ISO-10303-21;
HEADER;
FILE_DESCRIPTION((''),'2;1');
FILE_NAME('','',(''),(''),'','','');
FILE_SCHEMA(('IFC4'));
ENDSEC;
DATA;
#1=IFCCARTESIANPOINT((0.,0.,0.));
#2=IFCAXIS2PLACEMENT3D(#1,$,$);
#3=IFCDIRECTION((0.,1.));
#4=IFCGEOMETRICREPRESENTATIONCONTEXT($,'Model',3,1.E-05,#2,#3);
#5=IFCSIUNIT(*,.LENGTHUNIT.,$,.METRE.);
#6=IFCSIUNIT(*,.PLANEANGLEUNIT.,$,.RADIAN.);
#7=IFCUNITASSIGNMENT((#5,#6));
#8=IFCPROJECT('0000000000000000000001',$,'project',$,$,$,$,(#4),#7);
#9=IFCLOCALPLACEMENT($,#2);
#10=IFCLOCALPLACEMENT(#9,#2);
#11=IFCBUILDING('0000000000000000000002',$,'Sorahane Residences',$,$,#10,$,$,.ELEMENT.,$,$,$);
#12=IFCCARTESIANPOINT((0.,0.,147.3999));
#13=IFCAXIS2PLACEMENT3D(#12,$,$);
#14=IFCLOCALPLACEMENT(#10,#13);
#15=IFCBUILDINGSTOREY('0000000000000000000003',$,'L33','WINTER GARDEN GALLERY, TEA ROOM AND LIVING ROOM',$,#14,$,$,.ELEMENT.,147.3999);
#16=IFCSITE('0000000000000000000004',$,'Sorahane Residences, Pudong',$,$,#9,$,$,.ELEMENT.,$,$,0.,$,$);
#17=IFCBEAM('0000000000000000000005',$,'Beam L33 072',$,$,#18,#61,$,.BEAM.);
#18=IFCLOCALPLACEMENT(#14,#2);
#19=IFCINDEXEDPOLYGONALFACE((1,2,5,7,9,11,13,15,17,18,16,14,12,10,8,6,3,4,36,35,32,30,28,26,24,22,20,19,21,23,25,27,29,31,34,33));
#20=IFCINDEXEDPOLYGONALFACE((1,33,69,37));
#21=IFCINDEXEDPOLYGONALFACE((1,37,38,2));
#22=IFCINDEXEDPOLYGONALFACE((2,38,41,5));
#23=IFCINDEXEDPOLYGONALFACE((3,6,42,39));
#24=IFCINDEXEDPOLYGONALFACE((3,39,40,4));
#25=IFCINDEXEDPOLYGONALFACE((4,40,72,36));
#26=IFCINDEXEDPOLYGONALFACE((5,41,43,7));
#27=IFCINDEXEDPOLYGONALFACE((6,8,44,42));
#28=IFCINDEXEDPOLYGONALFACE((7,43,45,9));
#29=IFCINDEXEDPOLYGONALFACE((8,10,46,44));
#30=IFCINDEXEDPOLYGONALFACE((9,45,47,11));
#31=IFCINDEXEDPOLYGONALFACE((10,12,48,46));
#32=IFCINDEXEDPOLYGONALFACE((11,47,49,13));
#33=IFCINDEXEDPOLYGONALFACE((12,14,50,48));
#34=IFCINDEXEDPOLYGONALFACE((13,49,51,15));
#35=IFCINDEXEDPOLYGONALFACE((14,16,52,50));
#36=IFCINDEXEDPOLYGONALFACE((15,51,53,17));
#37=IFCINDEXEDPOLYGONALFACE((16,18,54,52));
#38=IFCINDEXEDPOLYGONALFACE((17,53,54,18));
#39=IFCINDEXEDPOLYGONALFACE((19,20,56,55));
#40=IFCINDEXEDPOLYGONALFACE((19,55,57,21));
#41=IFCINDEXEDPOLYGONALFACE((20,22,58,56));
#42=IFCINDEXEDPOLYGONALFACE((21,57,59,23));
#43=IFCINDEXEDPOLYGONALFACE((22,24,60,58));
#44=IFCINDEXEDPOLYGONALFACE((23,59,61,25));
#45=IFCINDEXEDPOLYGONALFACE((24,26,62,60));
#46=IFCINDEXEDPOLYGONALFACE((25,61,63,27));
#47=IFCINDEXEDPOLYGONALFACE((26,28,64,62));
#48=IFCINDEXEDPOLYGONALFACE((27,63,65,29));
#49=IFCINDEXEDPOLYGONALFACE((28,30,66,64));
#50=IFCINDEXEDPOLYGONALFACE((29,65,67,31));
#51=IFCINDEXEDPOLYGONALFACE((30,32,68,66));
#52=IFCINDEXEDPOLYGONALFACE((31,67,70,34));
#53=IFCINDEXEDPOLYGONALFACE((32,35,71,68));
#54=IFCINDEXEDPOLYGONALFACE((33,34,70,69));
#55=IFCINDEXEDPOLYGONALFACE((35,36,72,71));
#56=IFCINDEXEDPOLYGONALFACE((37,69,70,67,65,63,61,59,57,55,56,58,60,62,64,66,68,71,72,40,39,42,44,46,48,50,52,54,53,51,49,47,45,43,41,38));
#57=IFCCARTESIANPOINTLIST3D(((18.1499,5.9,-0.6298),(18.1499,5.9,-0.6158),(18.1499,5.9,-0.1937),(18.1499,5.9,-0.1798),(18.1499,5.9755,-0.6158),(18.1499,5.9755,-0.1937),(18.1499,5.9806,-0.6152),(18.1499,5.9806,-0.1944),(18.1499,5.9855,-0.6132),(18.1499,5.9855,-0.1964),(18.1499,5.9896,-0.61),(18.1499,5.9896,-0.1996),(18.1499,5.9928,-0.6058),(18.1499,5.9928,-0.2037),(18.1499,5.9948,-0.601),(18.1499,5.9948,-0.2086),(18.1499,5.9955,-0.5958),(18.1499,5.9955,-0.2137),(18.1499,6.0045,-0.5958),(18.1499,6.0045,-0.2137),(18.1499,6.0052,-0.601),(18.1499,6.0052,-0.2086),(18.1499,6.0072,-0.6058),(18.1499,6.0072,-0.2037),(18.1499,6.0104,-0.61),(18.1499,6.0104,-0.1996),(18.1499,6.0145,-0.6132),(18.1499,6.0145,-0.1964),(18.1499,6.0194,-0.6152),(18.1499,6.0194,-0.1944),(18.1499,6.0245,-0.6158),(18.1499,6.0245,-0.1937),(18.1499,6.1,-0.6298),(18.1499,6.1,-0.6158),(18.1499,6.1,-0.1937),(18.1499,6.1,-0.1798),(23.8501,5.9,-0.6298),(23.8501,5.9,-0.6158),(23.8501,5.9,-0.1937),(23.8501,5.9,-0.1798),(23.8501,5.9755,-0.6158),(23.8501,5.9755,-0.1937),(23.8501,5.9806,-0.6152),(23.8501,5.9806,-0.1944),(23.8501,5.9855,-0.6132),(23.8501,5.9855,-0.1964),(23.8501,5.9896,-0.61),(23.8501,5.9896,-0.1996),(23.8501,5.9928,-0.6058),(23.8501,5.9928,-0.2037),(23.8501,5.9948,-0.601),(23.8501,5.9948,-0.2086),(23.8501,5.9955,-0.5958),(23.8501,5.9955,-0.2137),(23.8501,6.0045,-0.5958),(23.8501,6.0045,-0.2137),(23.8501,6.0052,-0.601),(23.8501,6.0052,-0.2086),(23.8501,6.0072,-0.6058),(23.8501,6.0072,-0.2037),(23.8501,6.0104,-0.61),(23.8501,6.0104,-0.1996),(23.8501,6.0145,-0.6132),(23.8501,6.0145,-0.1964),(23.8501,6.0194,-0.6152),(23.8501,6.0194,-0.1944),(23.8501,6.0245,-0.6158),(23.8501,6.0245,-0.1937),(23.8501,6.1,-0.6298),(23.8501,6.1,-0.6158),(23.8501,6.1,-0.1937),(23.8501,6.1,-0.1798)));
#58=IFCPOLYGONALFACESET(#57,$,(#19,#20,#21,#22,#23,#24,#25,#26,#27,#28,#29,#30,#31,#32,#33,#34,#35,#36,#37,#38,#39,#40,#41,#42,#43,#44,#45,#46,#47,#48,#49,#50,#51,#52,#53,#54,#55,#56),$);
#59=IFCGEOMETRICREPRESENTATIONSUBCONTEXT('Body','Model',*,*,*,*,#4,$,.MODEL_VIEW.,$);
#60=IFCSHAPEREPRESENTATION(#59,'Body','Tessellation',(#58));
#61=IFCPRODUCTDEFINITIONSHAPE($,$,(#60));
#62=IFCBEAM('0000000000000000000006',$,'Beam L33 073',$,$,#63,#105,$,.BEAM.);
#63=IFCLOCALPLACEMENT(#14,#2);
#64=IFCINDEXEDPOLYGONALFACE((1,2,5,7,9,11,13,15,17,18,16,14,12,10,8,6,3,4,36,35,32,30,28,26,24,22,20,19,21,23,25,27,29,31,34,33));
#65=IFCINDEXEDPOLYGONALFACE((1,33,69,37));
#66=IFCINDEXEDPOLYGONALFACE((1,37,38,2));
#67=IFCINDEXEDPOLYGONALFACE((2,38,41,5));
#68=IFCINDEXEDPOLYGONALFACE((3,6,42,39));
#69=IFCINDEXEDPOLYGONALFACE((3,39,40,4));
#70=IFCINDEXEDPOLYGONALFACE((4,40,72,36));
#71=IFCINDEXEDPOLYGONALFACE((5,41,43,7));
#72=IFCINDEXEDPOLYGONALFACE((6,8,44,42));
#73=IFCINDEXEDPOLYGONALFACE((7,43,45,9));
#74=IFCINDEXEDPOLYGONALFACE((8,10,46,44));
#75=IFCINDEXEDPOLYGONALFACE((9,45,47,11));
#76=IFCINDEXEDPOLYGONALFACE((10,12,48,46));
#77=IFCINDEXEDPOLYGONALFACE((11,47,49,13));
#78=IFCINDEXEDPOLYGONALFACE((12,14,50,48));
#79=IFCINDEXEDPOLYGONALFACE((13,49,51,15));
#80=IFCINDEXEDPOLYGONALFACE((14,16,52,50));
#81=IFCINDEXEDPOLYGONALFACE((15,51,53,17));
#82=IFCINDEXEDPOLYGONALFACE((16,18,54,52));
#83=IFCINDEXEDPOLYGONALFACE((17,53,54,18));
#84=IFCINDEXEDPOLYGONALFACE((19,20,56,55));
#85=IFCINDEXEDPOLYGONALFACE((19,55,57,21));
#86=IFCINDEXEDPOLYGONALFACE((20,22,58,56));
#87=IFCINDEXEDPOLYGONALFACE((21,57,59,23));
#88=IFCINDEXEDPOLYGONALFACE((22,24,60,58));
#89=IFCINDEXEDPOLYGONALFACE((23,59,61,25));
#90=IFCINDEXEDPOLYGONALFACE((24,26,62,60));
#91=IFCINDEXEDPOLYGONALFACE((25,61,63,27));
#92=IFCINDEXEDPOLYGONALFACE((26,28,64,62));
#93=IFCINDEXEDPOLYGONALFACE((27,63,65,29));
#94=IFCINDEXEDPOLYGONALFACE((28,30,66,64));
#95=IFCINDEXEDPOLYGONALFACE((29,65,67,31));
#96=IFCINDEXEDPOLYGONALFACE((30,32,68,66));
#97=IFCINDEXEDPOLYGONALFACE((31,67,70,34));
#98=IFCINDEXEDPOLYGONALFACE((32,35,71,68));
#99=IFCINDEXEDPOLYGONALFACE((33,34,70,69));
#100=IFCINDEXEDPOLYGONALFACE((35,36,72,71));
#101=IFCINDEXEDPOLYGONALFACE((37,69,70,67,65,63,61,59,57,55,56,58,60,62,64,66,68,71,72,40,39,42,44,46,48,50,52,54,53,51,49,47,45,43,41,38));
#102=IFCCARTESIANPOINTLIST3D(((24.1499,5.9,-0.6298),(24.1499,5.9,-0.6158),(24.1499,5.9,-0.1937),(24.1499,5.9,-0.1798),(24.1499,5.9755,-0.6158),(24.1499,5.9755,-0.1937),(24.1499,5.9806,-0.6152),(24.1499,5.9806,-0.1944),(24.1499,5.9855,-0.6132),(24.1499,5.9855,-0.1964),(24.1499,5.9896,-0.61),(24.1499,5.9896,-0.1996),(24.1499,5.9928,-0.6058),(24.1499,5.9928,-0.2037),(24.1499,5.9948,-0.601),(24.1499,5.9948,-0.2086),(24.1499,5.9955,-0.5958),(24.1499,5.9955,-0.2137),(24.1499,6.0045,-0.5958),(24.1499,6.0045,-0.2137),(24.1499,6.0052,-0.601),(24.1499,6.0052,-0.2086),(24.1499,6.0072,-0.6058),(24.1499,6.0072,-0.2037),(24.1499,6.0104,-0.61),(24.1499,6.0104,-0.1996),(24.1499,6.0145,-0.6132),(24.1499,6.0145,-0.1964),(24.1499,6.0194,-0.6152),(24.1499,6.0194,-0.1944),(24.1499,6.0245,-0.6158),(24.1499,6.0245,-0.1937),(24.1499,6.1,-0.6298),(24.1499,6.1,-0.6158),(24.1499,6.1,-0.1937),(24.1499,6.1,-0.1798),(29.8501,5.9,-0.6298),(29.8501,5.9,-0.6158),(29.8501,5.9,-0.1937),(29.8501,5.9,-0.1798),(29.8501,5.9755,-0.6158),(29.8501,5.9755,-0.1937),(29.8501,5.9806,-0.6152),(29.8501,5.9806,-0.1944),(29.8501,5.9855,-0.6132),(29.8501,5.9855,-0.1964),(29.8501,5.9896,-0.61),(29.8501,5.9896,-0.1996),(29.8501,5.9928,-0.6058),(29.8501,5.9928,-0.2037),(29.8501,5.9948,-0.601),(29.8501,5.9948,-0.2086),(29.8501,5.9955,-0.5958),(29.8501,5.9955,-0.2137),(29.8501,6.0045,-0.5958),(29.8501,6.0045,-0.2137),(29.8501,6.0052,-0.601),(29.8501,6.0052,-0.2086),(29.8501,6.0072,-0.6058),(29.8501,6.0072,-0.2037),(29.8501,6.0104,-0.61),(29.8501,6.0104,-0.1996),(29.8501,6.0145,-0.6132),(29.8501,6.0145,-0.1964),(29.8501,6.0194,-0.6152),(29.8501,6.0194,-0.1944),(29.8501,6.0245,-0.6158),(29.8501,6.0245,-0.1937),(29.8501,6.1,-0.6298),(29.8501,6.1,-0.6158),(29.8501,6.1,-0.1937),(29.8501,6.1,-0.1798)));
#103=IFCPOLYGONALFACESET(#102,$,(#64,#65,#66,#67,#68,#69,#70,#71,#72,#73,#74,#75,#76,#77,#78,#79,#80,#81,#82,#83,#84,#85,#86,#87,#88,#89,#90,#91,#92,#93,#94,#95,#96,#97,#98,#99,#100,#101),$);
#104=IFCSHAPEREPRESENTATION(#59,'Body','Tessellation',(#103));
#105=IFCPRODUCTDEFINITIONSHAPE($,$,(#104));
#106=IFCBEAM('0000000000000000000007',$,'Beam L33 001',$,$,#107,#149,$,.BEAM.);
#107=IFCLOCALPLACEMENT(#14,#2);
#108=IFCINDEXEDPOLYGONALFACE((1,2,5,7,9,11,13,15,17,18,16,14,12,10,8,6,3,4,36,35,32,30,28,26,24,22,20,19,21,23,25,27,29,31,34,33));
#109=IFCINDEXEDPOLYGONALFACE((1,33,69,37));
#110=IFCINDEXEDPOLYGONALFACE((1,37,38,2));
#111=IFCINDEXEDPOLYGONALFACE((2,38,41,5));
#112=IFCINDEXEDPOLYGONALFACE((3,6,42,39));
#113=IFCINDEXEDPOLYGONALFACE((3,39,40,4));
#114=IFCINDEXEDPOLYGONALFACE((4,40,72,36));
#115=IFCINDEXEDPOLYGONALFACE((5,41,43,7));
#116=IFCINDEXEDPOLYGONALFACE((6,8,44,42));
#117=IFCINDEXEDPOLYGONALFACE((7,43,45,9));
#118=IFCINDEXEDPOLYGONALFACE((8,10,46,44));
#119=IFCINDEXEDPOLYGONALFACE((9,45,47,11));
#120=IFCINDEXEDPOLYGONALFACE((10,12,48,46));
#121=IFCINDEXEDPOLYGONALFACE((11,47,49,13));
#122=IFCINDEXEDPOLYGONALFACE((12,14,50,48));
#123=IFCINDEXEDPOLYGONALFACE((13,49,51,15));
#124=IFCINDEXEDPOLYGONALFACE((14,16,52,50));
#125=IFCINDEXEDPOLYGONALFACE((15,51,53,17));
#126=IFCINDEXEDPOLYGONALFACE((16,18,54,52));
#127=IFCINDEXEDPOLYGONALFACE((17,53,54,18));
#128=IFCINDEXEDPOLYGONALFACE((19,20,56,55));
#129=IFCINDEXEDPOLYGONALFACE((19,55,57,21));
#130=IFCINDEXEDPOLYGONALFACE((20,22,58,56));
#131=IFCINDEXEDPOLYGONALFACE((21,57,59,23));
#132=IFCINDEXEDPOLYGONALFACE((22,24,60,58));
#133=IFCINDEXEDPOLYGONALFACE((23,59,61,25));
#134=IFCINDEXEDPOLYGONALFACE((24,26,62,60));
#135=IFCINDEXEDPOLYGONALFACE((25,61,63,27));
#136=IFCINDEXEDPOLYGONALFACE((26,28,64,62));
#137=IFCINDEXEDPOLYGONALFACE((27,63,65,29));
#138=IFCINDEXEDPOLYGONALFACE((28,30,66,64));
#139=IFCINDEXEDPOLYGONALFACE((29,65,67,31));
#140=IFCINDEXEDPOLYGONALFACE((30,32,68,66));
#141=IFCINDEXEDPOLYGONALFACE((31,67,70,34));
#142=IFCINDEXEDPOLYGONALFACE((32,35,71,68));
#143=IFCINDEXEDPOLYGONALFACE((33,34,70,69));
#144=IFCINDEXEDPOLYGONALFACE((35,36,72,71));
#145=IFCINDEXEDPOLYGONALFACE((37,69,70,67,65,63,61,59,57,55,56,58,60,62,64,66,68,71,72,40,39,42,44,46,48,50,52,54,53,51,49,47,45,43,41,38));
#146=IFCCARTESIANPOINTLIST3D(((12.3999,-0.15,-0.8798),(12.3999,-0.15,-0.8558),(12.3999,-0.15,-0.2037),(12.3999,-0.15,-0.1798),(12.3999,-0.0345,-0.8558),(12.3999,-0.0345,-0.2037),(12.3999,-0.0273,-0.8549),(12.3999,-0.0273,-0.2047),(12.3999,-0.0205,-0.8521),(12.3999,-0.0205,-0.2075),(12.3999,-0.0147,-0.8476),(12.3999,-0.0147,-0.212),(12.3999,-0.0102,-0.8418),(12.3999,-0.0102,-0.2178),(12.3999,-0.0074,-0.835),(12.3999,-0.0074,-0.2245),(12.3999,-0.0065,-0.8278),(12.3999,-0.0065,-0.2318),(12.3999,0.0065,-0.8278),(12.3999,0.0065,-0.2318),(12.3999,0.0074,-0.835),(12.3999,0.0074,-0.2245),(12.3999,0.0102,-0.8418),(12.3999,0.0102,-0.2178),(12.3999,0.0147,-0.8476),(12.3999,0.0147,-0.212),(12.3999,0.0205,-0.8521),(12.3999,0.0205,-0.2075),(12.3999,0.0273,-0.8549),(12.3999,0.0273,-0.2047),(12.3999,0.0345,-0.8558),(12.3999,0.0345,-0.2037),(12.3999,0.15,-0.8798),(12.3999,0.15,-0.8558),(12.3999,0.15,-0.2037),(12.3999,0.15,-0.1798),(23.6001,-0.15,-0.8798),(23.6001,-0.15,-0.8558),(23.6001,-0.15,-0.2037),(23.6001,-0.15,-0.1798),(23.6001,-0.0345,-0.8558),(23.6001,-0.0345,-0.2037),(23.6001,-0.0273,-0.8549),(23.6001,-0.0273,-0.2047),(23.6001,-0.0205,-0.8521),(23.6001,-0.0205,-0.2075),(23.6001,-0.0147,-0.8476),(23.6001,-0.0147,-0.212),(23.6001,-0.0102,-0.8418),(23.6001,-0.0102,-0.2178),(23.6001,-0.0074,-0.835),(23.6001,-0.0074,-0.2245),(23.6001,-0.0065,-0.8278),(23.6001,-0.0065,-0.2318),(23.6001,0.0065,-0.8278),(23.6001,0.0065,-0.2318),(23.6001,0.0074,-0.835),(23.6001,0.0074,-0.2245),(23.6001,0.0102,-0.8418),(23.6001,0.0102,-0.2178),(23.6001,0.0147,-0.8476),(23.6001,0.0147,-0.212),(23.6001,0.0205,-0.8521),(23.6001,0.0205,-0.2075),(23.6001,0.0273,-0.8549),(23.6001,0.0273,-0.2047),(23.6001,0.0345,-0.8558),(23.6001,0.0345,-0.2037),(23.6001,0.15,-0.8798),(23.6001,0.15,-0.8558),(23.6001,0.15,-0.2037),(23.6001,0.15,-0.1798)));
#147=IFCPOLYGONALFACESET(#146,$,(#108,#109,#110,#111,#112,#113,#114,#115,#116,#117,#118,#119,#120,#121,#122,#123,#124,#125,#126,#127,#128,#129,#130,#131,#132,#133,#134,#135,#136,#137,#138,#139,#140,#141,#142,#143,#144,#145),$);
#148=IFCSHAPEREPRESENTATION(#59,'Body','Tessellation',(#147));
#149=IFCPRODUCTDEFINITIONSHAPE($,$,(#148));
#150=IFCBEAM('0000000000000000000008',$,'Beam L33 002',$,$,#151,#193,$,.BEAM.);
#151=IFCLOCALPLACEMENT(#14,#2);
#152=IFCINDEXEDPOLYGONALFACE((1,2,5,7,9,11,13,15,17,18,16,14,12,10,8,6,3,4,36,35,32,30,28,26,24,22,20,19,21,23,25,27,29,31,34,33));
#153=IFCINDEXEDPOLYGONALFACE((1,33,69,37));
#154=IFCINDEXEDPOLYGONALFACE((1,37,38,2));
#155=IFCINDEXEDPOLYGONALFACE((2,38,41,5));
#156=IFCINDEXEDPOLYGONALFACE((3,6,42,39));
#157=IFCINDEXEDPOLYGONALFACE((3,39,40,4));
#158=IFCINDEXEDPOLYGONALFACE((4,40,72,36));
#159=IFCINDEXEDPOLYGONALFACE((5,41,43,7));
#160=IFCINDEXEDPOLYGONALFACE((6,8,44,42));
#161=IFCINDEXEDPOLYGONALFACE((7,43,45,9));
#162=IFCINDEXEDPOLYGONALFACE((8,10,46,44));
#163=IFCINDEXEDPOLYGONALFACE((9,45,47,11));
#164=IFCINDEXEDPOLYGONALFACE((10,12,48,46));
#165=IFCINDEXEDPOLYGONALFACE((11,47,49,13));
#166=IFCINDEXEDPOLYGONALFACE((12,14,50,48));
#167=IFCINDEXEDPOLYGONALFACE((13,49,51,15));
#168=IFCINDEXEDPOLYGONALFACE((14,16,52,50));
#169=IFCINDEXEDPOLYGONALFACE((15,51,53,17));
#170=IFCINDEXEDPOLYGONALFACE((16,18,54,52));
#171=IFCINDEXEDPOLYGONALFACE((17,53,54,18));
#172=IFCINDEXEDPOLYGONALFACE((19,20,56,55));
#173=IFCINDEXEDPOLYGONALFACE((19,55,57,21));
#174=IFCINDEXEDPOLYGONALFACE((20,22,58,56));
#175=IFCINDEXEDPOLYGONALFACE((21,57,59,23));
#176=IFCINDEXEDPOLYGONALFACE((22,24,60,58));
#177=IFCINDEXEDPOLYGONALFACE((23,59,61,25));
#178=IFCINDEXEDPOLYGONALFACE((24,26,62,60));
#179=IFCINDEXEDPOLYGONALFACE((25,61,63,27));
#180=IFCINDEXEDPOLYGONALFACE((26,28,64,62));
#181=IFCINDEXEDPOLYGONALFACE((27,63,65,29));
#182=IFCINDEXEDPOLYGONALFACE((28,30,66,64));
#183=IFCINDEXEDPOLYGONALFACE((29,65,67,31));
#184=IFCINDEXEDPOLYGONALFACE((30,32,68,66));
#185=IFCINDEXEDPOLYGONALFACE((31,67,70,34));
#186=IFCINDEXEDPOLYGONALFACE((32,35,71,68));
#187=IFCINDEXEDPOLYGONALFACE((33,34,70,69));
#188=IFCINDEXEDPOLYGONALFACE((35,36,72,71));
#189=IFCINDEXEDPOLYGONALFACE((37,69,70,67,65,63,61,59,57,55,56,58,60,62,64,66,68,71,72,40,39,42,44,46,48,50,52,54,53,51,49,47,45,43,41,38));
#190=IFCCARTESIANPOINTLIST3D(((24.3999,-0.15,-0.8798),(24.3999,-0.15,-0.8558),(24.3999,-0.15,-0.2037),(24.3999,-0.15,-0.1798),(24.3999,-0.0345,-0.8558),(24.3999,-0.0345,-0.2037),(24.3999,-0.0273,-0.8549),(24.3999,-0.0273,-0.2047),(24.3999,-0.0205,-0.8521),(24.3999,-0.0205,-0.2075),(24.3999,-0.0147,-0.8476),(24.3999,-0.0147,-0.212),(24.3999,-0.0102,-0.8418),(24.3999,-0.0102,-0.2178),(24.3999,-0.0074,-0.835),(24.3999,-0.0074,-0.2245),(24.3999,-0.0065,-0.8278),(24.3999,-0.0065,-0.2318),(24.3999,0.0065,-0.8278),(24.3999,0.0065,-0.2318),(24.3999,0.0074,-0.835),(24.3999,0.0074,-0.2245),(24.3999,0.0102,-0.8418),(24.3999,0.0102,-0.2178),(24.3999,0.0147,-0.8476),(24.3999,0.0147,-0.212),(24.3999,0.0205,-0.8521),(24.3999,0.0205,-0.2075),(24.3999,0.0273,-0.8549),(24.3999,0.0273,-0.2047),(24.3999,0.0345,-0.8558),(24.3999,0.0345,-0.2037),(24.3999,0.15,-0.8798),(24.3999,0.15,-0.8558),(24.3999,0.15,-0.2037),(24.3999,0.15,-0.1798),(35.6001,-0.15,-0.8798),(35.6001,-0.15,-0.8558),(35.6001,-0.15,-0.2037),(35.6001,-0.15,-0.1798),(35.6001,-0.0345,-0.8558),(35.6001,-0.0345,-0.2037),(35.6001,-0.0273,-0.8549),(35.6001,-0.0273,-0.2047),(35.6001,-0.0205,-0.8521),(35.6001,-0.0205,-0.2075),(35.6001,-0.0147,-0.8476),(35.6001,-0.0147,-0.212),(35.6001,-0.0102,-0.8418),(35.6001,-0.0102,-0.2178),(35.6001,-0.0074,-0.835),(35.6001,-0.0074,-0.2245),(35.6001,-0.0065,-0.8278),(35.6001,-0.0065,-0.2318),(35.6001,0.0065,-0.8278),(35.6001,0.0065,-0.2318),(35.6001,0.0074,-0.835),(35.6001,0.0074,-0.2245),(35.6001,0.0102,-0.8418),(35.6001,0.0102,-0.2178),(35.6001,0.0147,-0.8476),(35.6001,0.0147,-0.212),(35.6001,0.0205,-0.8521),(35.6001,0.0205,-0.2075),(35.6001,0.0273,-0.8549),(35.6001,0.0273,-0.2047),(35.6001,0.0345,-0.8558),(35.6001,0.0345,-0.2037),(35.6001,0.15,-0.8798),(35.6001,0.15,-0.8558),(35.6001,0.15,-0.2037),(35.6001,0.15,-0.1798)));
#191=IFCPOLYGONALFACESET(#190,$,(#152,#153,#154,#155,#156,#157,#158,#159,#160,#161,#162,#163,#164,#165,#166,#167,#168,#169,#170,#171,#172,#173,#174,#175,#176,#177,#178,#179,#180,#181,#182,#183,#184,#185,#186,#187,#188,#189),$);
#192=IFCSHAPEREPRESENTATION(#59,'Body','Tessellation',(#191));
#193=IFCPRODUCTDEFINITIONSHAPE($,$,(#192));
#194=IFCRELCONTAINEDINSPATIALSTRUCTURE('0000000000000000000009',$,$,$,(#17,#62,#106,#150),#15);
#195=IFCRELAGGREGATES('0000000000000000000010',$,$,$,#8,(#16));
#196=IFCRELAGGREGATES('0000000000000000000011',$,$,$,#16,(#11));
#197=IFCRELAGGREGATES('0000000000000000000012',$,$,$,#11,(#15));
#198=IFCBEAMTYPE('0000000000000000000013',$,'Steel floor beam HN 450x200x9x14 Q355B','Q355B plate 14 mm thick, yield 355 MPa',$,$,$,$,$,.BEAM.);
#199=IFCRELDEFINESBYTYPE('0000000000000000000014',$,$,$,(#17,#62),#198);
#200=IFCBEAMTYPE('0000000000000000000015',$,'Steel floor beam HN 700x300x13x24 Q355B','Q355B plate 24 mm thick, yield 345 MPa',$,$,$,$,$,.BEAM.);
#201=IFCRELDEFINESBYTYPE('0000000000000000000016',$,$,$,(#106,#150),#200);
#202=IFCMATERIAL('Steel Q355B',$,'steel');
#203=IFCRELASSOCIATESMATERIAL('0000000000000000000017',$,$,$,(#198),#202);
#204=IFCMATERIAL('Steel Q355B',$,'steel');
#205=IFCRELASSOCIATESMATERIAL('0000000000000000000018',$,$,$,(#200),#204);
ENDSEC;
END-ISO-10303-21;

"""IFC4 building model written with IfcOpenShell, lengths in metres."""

from ifc_helpers import new_model, si_unit, direction, frame, origin, origin_2d, place, context, subcontext, project, spatial, i_section, extrude, material, material_profile, profile_set, type_object, element, save


model = new_model("IFC4")

# Units and contexts
model_context = context("Model", 3, precision=1e-05, world=origin(), true_north=direction((0.0, 1.0)))
body_context = subcontext(model_context, "Body", "Model", "MODEL_VIEW")
ifc_project = project(units=[si_unit("LENGTHUNIT", "METRE"), si_unit("PLANEANGLEUNIT", "RADIAN")], contexts=[model_context])

# Site, building, storey
site_placement = place(None, origin())
site = spatial("IfcSite", under=ifc_project, at=site_placement, Name="Sorahane Residences, Pudong", CompositionType="ELEMENT", RefElevation=0.0)
building_placement = place(site_placement, origin())
building = spatial("IfcBuilding", under=site, at=building_placement, Name="Sorahane Residences", CompositionType="ELEMENT")
storey_placement = place(building_placement, frame((0.0, 0.0, 147.3999)))
storey = spatial("IfcBuildingStorey", under=building, at=storey_placement, Name="L33", Description="WINTER GARDEN GALLERY, TEA ROOM AND LIVING ROOM", CompositionType="ELEMENT", Elevation=147.3999)

# Beams
ifc_material_1 = material(Name="Steel Q355B", Category="steel")
ifc_material_profile_1 = material_profile(ifc_material_1, i_section(OverallWidth=0.2, OverallDepth=0.45, WebThickness=0.009, FlangeThickness=0.0139, FilletRadius=0.02, at=origin_2d()), Name="HN 450x200x9x14")
ifc_profile_set_1 = profile_set([ifc_material_profile_1], Name="Steel Q355B")
beam_type_1 = type_object("IfcBeamType", Name="Steel floor beam HN 450x200x9x14 Q355B", Description="Q355B plate 14 mm thick, yield 355 MPa", PredefinedType="BEAM", material=ifc_profile_set_1)
for number, where, z_axis, x_axis, name in (
    (1, (18.1499, 6.0, -0.4048), (1.0, 0.0, 0.0), (0.0, 1.0, 0.0), "Beam L33 072"),
    (2, (24.1499, 6.0, -0.4048), (1.0, 0.0, 0.0), (0.0, 1.0, 0.0), "Beam L33 073"),
):
    element("IfcBeam", number, at=place(storey_placement, frame(where, z_axis=z_axis, x_axis=x_axis)), inside=storey, type_object=beam_type_1, Name=name, PredefinedType="BEAM", context=body_context, shape_type="SweptSolid", body=[
        extrude(i_section(OverallWidth=0.2, OverallDepth=0.45, WebThickness=0.009, FlangeThickness=0.0139, FilletRadius=0.02, at=origin_2d()), origin(), (0.0, 0.0, 1.0), 5.7002),
    ])
ifc_material_2 = material(Name="Steel Q355B", Category="steel")
ifc_material_profile_2 = material_profile(ifc_material_2, i_section(OverallWidth=0.3, OverallDepth=0.7, WebThickness=0.0129, FlangeThickness=0.0239, FilletRadius=0.0281, at=origin_2d()), Name="HN 700x300x13x24")
ifc_profile_set_2 = profile_set([ifc_material_profile_2], Name="Steel Q355B")
beam_type_2 = type_object("IfcBeamType", Name="Steel floor beam HN 700x300x13x24 Q355B", Description="Q355B plate 24 mm thick, yield 345 MPa", PredefinedType="BEAM", material=ifc_profile_set_2)
for number, where, z_axis, x_axis, name in (
    (3, (12.3999, 0.0, -0.5298), (1.0, 0.0, 0.0), (0.0, 1.0, 0.0), "Beam L33 001"),
    (4, (24.3999, 0.0, -0.5298), (1.0, 0.0, 0.0), (0.0, 1.0, 0.0), "Beam L33 002"),
):
    element("IfcBeam", number, at=place(storey_placement, frame(where, z_axis=z_axis, x_axis=x_axis)), inside=storey, type_object=beam_type_2, Name=name, PredefinedType="BEAM", context=body_context, shape_type="SweptSolid", body=[
        extrude(i_section(OverallWidth=0.3, OverallDepth=0.7, WebThickness=0.0129, FlangeThickness=0.0239, FilletRadius=0.0281, at=origin_2d()), origin(), (0.0, 0.0, 1.0), 11.2002),
    ])

save(model, "model.ifc")
